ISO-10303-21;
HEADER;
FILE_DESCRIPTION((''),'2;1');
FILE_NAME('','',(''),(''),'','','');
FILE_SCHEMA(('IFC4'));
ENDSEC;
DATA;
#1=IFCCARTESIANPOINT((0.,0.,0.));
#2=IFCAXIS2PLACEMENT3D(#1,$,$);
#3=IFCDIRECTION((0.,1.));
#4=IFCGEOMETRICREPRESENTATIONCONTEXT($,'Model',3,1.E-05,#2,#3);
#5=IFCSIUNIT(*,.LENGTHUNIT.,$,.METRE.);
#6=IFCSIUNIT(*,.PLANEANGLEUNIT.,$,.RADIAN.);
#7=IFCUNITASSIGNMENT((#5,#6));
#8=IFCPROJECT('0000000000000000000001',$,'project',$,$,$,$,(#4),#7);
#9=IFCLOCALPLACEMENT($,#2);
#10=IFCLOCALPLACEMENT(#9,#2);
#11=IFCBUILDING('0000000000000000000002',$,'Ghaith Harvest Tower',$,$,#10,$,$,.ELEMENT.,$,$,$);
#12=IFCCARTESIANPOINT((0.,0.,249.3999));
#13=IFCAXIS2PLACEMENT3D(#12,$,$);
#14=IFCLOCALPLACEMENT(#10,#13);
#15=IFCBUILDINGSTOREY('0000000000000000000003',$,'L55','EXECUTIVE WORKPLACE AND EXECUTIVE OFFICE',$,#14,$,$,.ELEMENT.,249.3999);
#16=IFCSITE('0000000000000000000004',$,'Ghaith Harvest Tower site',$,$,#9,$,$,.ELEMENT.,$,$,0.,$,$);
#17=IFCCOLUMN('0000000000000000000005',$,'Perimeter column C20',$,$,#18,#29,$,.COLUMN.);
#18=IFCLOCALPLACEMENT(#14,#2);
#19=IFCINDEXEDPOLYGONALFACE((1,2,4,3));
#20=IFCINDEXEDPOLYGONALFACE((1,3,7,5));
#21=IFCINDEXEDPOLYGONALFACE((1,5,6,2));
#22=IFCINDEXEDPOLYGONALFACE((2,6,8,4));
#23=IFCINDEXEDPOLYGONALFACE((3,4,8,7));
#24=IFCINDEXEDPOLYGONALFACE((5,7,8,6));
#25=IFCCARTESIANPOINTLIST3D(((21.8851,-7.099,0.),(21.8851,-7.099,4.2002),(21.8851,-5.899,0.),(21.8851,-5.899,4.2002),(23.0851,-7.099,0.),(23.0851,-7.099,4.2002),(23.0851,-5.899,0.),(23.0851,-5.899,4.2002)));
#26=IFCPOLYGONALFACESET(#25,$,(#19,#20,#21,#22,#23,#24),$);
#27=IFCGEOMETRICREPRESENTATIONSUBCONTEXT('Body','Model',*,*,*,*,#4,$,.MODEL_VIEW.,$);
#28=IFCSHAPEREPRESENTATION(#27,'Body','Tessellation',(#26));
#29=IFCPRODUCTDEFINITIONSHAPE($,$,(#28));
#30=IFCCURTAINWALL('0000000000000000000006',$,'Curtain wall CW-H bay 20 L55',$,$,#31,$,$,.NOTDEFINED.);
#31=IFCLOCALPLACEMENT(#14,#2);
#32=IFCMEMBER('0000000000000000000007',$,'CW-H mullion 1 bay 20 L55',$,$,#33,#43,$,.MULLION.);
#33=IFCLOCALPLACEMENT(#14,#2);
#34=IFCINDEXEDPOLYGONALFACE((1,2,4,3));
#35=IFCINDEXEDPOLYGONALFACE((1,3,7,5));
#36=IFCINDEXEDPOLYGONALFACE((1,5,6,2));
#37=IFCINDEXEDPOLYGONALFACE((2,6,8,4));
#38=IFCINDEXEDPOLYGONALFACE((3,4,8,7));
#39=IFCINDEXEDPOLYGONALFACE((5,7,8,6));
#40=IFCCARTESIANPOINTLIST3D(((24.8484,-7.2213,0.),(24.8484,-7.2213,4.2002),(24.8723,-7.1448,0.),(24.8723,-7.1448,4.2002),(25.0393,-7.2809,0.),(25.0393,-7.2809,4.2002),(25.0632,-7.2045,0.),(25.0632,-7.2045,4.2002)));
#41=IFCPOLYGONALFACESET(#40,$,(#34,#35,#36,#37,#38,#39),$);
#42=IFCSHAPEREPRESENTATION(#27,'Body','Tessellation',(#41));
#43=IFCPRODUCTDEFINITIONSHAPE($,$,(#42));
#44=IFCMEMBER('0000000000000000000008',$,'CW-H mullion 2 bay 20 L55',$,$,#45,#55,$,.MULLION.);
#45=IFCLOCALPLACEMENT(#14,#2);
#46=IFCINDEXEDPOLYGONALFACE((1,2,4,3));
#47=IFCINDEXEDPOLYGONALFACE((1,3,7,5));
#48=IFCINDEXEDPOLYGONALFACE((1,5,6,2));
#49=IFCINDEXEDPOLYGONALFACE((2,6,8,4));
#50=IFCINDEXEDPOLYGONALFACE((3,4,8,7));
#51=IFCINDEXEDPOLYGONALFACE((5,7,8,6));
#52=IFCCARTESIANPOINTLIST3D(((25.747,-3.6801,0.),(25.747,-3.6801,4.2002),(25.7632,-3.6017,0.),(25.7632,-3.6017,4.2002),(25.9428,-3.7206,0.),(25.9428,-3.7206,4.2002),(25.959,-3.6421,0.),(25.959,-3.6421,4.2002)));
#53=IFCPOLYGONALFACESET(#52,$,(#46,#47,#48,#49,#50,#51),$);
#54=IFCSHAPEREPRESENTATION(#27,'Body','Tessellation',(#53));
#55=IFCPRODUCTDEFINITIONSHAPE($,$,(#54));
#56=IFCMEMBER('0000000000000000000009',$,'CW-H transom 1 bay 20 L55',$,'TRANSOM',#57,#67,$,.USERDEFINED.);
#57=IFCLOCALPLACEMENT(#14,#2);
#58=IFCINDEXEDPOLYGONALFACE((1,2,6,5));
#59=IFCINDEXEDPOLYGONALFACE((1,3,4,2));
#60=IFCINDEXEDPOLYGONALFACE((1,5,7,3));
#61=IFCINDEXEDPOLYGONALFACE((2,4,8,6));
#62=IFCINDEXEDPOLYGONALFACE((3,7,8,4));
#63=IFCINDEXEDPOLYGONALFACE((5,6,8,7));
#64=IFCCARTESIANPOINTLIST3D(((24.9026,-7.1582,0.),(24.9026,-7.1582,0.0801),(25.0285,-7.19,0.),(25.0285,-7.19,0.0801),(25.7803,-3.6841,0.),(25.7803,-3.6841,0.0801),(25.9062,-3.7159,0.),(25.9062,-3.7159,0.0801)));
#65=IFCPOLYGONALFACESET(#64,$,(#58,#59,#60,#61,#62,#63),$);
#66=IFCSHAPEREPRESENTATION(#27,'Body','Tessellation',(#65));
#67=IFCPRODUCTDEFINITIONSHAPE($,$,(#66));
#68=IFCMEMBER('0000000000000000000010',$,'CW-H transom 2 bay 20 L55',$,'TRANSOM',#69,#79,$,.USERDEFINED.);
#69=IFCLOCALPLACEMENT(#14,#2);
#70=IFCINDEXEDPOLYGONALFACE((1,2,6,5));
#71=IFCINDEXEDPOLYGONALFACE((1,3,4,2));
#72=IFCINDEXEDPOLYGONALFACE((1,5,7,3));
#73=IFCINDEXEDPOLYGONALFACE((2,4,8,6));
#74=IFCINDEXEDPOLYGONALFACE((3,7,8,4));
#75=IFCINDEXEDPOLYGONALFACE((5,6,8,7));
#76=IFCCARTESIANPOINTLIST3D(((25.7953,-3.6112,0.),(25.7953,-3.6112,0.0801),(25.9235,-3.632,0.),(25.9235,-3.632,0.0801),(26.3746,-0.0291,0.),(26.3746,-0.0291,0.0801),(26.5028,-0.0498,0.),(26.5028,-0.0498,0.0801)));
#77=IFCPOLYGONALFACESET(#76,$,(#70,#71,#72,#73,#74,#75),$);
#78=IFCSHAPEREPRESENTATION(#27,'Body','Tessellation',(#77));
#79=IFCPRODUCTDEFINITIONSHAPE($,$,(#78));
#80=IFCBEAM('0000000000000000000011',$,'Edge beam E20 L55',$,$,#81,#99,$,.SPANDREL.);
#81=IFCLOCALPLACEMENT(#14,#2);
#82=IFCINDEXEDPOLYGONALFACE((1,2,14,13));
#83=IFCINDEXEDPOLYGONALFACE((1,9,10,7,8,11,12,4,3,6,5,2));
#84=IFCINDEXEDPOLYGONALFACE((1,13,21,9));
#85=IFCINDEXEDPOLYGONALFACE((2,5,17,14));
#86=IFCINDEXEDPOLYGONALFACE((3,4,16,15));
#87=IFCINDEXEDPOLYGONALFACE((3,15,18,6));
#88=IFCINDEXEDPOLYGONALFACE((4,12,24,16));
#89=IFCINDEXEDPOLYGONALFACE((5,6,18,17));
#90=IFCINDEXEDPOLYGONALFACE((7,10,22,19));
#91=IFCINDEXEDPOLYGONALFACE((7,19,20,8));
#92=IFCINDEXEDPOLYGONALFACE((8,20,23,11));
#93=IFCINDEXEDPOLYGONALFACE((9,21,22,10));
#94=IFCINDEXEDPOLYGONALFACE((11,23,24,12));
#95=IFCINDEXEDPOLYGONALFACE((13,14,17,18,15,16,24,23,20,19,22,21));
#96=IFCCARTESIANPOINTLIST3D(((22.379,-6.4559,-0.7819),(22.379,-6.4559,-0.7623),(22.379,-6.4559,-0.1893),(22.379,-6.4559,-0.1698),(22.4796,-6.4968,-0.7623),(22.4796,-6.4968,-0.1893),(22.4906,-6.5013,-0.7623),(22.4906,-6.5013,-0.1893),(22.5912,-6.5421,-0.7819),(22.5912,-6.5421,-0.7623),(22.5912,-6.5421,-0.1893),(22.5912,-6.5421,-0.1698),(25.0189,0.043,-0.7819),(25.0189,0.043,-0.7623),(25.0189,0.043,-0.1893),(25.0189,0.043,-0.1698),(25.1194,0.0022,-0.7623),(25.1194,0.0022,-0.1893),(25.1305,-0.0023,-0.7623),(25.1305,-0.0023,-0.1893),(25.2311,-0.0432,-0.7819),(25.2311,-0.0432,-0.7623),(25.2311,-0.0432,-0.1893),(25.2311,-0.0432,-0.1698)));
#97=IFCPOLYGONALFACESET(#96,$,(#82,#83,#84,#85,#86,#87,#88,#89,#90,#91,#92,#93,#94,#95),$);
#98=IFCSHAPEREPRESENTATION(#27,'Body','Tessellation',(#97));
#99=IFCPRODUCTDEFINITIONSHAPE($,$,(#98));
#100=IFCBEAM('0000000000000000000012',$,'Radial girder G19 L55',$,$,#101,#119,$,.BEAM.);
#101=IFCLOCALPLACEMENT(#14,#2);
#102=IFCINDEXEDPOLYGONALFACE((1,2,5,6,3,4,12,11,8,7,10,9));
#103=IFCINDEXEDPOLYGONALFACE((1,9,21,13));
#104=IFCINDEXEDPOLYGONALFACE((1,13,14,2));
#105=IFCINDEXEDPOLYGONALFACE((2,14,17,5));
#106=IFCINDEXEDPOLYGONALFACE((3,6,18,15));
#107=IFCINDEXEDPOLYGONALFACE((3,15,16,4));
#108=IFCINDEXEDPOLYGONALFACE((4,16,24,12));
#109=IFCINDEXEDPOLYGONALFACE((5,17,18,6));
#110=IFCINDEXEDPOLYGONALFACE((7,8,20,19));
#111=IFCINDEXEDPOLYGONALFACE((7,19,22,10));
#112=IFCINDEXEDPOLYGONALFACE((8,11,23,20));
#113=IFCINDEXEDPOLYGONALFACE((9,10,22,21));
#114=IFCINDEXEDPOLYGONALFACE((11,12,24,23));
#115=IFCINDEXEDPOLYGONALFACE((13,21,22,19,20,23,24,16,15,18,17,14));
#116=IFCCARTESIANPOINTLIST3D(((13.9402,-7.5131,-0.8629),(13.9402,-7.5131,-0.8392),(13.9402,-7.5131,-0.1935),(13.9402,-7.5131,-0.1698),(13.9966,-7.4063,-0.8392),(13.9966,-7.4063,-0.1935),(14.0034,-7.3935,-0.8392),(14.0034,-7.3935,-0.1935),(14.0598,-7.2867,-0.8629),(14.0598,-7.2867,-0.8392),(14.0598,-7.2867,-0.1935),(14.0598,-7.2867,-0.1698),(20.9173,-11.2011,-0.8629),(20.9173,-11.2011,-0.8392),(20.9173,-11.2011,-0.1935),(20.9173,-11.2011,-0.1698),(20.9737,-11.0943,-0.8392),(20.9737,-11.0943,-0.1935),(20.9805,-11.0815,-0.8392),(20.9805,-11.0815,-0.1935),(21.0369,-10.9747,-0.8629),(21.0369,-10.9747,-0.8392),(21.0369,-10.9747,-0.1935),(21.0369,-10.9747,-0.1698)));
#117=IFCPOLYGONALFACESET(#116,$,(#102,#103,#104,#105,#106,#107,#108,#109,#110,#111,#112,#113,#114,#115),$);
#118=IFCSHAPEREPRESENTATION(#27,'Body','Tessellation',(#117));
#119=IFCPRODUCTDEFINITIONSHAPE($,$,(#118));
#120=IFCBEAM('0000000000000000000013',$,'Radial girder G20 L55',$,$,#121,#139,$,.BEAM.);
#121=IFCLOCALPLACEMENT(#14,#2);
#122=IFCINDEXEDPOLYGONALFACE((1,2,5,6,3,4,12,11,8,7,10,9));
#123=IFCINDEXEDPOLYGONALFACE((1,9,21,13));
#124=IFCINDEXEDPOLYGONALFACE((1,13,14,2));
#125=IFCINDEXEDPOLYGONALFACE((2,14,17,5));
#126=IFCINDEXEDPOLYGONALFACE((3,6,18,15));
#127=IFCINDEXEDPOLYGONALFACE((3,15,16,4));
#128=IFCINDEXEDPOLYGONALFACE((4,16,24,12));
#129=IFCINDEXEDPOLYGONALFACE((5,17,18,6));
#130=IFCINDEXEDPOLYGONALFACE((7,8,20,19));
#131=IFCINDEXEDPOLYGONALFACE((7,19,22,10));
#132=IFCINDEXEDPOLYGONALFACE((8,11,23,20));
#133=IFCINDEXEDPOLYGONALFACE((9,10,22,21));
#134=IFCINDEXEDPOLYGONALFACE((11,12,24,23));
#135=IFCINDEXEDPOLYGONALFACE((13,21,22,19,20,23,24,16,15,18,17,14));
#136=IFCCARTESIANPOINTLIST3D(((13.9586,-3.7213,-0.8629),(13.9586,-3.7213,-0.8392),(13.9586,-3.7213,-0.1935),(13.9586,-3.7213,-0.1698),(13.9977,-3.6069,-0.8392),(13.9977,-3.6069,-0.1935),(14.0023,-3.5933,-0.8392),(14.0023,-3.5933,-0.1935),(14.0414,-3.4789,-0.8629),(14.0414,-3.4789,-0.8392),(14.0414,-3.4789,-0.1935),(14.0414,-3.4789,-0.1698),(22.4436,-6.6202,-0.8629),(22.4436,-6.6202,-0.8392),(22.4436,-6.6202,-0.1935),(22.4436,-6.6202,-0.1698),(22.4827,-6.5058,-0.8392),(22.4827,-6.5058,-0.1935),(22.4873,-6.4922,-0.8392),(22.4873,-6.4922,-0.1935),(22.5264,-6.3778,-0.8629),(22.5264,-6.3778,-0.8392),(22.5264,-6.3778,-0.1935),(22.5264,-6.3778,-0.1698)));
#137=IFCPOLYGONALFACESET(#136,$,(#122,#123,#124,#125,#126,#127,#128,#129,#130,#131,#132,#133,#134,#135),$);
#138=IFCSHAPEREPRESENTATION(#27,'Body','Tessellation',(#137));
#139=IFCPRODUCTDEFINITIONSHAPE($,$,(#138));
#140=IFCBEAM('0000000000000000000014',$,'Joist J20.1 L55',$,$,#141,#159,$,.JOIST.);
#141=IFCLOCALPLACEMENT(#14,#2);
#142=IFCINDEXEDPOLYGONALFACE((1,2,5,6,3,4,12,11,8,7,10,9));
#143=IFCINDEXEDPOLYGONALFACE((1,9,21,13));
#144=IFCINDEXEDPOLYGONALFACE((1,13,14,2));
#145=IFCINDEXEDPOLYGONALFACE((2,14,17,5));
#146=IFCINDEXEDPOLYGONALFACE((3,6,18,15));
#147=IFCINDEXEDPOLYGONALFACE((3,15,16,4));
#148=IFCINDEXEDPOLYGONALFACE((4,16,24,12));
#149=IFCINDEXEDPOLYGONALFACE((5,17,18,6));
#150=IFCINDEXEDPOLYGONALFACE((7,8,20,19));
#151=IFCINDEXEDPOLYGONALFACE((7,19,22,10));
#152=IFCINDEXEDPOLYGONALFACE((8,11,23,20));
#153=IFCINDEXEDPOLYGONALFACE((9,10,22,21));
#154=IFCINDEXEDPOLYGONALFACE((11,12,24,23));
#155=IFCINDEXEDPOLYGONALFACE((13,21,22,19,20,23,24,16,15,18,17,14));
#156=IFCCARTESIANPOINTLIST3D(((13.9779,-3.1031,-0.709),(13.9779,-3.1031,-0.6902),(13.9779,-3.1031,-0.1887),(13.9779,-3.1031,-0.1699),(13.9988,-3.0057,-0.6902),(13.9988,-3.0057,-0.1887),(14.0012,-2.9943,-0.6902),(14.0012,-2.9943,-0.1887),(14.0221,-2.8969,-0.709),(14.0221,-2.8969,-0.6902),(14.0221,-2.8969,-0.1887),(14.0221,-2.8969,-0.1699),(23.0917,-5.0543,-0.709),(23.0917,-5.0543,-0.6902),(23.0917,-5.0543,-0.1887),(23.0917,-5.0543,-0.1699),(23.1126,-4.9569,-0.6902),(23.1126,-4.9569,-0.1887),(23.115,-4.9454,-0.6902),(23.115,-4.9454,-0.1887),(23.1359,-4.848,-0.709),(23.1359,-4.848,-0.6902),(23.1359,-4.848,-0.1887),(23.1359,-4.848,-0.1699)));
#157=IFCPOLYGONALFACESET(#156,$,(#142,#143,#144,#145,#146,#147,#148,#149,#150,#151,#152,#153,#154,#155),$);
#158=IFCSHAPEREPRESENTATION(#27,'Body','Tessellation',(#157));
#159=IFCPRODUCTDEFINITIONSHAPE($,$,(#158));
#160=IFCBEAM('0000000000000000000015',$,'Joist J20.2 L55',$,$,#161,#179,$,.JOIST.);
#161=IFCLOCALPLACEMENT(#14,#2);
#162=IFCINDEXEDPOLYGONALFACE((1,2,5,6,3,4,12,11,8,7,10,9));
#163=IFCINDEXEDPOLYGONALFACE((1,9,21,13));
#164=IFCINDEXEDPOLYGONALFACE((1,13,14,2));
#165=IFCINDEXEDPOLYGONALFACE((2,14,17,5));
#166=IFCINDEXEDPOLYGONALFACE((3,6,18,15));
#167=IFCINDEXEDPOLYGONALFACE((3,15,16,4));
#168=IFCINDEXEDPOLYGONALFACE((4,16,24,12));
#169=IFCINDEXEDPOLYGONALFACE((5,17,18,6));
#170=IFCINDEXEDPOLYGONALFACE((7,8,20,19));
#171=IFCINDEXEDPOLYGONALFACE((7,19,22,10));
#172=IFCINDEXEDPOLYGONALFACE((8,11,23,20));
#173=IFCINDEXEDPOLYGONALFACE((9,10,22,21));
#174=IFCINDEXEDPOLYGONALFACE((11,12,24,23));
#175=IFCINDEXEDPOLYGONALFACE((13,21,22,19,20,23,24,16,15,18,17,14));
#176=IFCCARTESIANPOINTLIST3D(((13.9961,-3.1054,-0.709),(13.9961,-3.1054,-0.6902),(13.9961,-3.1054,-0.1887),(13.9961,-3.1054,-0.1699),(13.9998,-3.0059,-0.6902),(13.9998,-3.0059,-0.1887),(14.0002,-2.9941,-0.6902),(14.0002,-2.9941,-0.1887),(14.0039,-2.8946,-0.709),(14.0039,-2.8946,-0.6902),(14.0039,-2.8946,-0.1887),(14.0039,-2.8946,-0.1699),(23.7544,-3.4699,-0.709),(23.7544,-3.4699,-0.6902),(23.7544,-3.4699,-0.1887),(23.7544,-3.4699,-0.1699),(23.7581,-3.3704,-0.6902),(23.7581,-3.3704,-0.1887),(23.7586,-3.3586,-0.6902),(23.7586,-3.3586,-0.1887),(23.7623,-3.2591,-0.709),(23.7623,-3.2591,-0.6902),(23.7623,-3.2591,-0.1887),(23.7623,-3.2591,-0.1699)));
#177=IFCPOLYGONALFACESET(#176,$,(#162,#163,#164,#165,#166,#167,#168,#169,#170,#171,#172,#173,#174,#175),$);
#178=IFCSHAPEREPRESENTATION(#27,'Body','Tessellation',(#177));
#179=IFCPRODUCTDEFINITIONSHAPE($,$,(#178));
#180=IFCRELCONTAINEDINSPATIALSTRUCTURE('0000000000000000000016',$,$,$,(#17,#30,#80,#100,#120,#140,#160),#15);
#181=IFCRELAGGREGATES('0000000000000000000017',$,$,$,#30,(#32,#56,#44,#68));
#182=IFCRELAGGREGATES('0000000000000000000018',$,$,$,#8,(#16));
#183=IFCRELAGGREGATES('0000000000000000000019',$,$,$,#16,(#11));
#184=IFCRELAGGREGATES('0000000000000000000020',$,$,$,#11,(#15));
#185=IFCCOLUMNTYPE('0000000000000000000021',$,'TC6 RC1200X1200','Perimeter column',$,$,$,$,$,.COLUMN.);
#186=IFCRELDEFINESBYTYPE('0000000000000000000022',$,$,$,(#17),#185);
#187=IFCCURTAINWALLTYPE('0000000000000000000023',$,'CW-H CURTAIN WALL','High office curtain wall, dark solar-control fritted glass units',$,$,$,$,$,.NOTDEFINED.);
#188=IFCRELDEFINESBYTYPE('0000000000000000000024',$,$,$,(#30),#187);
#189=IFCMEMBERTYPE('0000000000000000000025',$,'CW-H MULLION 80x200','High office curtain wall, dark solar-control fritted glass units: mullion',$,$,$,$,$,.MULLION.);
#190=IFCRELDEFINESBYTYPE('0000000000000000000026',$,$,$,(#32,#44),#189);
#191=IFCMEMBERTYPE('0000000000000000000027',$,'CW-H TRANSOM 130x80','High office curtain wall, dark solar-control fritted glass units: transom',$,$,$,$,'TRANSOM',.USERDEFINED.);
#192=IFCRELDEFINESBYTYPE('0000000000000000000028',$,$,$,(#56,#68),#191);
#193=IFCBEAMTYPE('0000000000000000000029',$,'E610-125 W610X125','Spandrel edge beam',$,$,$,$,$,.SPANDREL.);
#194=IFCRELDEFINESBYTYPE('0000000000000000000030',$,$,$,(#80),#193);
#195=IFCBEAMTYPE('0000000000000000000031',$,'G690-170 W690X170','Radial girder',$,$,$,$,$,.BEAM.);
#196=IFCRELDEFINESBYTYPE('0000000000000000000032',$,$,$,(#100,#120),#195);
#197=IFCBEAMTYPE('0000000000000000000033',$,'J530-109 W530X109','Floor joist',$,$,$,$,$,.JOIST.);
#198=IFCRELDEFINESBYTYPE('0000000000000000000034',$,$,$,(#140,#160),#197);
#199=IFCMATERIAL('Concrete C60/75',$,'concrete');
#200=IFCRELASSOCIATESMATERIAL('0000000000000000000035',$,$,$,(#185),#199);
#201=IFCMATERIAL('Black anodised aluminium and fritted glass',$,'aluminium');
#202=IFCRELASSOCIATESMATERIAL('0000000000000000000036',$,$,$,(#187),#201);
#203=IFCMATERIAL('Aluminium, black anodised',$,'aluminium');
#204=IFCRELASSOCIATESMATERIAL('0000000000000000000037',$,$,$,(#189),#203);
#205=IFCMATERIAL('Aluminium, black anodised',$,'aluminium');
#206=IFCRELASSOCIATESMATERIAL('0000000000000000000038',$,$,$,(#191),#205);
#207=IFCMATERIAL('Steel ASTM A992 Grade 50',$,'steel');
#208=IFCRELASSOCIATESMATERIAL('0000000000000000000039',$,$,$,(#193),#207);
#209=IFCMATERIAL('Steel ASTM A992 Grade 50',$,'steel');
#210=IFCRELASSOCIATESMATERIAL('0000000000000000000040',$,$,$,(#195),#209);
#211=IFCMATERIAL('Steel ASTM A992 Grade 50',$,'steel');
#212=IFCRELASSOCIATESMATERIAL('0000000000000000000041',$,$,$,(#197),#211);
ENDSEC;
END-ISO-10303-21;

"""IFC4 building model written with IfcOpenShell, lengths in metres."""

from ifc_helpers import new_model, si_unit, direction, frame, origin, origin_2d, place, context, subcontext, project, spatial, rectangle, i_section, extrude, material, material_profile, profile_set, type_object, element, aggregate, save


model = new_model("IFC4")

# Units and contexts
model_context = context("Model", 3, precision=1e-05, world=origin(), true_north=direction((0.0, 1.0)))
body_context = subcontext(model_context, "Body", "Model", "MODEL_VIEW")
ifc_project = project(units=[si_unit("LENGTHUNIT", "METRE"), si_unit("PLANEANGLEUNIT", "RADIAN")], contexts=[model_context])

# Site, building, storey
site_placement = place(None, origin())
site = spatial("IfcSite", under=ifc_project, at=site_placement, Name="Ghaith Harvest Tower site", CompositionType="ELEMENT", RefElevation=0.0)
building_placement = place(site_placement, origin())
building = spatial("IfcBuilding", under=site, at=building_placement, Name="Ghaith Harvest Tower", CompositionType="ELEMENT")
storey_placement = place(building_placement, frame((0.0, 0.0, 249.3999)))
storey = spatial("IfcBuildingStorey", under=building, at=storey_placement, Name="L55", Description="EXECUTIVE WORKPLACE AND EXECUTIVE OFFICE", CompositionType="ELEMENT", Elevation=249.3999)

# Column
ifc_material_1 = material(Name="Concrete C60/75", Category="concrete")
ifc_material_profile_1 = material_profile(ifc_material_1, rectangle(XDim=1.2, YDim=1.2, at=origin_2d()), Name="RC1200X1200")
ifc_profile_set_1 = profile_set([ifc_material_profile_1], Name="Concrete C60/75")
column_type = type_object("IfcColumnType", Name="TC6 RC1200X1200", Description="Perimeter column", PredefinedType="COLUMN", material=ifc_profile_set_1)
column_placement = place(storey_placement, frame((22.4851, -6.499, 0.0), z_axis=(0.0, 0.0, 1.0), x_axis=(1.0, 0.0, 0.0)))
element("IfcColumn", 1, at=column_placement, inside=storey, type_object=column_type, Name="Perimeter column C20", PredefinedType="COLUMN", context=body_context, shape_type="SweptSolid", body=[
    extrude(rectangle(XDim=1.2, YDim=1.2, at=origin_2d()), origin(), (0.0, 0.0, 1.0), 4.2002),
])

# Curtain wall, members
ifc_material_2 = material(Name="Black anodised aluminium and fritted glass", Category="aluminium")
curtain_wall_type = type_object("IfcCurtainWallType", Name="CW-H CURTAIN WALL", Description="High office curtain wall, dark solar-control fritted glass units", PredefinedType="NOTDEFINED", material=ifc_material_2)
curtain_wall_1_placement = place(storey_placement, origin())
curtain_wall_1 = element("IfcCurtainWall", 2, at=curtain_wall_1_placement, inside=storey, type_object=curtain_wall_type, Name="Curtain wall CW-H bay 20 L55", PredefinedType="NOTDEFINED")
ifc_material_3 = material(Name="Aluminium, black anodised", Category="aluminium")
ifc_material_profile_2 = material_profile(ifc_material_3, rectangle(XDim=0.0801, YDim=0.2, at=origin_2d()), Name="CW-H MULLION 80x200")
ifc_profile_set_2 = profile_set([ifc_material_profile_2], Name="Aluminium, black anodised")
member_type_1 = type_object("IfcMemberType", Name="CW-H MULLION 80x200", Description="High office curtain wall, dark solar-control fritted glass units: mullion", PredefinedType="MULLION", material=ifc_profile_set_2)
member_1_placement = place(storey_placement, frame((24.9558, -7.2129, 0.0), z_axis=(0.0, 0.0, 1.0), x_axis=(0.298442, 0.954428, 0.0)))
member_1 = element("IfcMember", 3, at=member_1_placement, type_object=member_type_1, Name="CW-H mullion 1 bay 20 L55", PredefinedType="MULLION", context=body_context, shape_type="SweptSolid", body=[
    extrude(rectangle(XDim=0.0801, YDim=0.2, at=origin_2d()), origin(), (0.0, 0.0, 1.0), 4.2002),
])
member_2_placement = place(storey_placement, frame((25.853, -3.6611, 0.0), z_axis=(0.0, 0.0, 1.0), x_axis=(0.202192, 0.979346, 0.0)))
member_2 = element("IfcMember", 4, at=member_2_placement, type_object=member_type_1, Name="CW-H mullion 2 bay 20 L55", PredefinedType="MULLION", context=body_context, shape_type="SweptSolid", body=[
    extrude(rectangle(XDim=0.0801, YDim=0.2, at=origin_2d()), origin(), (0.0, 0.0, 1.0), 4.2002),
])
ifc_material_4 = material(Name="Aluminium, black anodised", Category="aluminium")
ifc_material_profile_3 = material_profile(ifc_material_4, rectangle(XDim=0.1299, YDim=0.0801, at=origin_2d()), Name="CW-H TRANSOM 130x80")
ifc_profile_set_3 = profile_set([ifc_material_profile_3], Name="Aluminium, black anodised")
member_type_2 = type_object("IfcMemberType", Name="CW-H TRANSOM 130x80", Description="High office curtain wall, dark solar-control fritted glass units: transom", ElementType="TRANSOM", PredefinedType="USERDEFINED", material=ifc_profile_set_3)
member_3_placement = place(storey_placement, frame((24.9656, -7.1741, 0.04), z_axis=(0.24494, 0.969538, 0.0), x_axis=(-0.969538, 0.24494, 0.0)))
member_3 = element("IfcMember", 5, at=member_3_placement, type_object=member_type_2, Name="CW-H transom 1 bay 20 L55", ObjectType="TRANSOM", PredefinedType="USERDEFINED", context=body_context, shape_type="SweptSolid", body=[
    extrude(rectangle(XDim=0.1299, YDim=0.0801, at=origin_2d()), origin(), (0.0, 0.0, 1.0), 3.5833),
])
member_4_placement = place(storey_placement, frame((25.8594, -3.6216, 0.04), z_axis=(0.159662, 0.987172, 0.0), x_axis=(-0.987172, 0.159662, 0.0)))
member_4 = element("IfcMember", 6, at=member_4_placement, type_object=member_type_2, Name="CW-H transom 2 bay 20 L55", ObjectType="TRANSOM", PredefinedType="USERDEFINED", context=body_context, shape_type="SweptSolid", body=[
    extrude(rectangle(XDim=0.1299, YDim=0.0801, at=origin_2d()), origin(), (0.0, 0.0, 1.0), 3.6287),
])

# Beams
ifc_material_5 = material(Name="Steel ASTM A992 Grade 50", Category="steel")
ifc_material_profile_4 = material_profile(ifc_material_5, i_section(OverallWidth=0.229, OverallDepth=0.6121, WebThickness=0.012, FlangeThickness=0.0195, at=origin_2d()), Name="W610X125")
ifc_profile_set_4 = profile_set([ifc_material_profile_4], Name="Steel ASTM A992 Grade 50")
beam_type_1 = type_object("IfcBeamType", Name="E610-125 W610X125", Description="Spandrel edge beam", PredefinedType="SPANDREL", material=ifc_profile_set_4)
beam_1_placement = place(storey_placement, frame((22.4851, -6.499, -0.4758), z_axis=(0.376336, 0.926483, 0.0), x_axis=(-0.926483, 0.376336, 0.0)))
element("IfcBeam", 7, at=beam_1_placement, inside=storey, type_object=beam_type_1, Name="Edge beam E20 L55", PredefinedType="SPANDREL", context=body_context, shape_type="SweptSolid", body=[
    extrude(i_section(OverallWidth=0.229, OverallDepth=0.6121, WebThickness=0.012, FlangeThickness=0.0195, at=origin_2d()), origin(), (0.0, 0.0, 1.0), 7.0146),
])
ifc_material_6 = material(Name="Steel ASTM A992 Grade 50", Category="steel")
ifc_material_profile_5 = material_profile(ifc_material_6, i_section(OverallWidth=0.2561, OverallDepth=0.6931, WebThickness=0.0144, FlangeThickness=0.0237, at=origin_2d()), Name="W690X170")
ifc_profile_set_5 = profile_set([ifc_material_profile_5], Name="Steel ASTM A992 Grade 50")
beam_type_2 = type_object("IfcBeamType", Name="G690-170 W690X170", Description="Radial girder", PredefinedType="BEAM", material=ifc_profile_set_5)
beam_2_placement = place(storey_placement, frame((14.0, -7.3999, -0.5164), z_axis=(0.884089, -0.467319, 0.0), x_axis=(0.467319, 0.884089, 0.0)))
element("IfcBeam", 8, at=beam_2_placement, inside=storey, type_object=beam_type_2, Name="Radial girder G19 L55", PredefinedType="BEAM", context=body_context, shape_type="SweptSolid", body=[
    extrude(i_section(OverallWidth=0.2561, OverallDepth=0.6931, WebThickness=0.0144, FlangeThickness=0.0237, at=origin_2d()), origin(), (0.0, 0.0, 1.0), 7.8918),
])
beam_3_placement = place(storey_placement, frame((14.0, -3.6001, -0.5164), z_axis=(0.946296, -0.323301, 0.0), x_axis=(0.323301, 0.946296, 0.0)))
element("IfcBeam", 9, at=beam_3_placement, inside=storey, type_object=beam_type_2, Name="Radial girder G20 L55", PredefinedType="BEAM", context=body_context, shape_type="SweptSolid", body=[
    extrude(i_section(OverallWidth=0.2561, OverallDepth=0.6931, WebThickness=0.0144, FlangeThickness=0.0237, at=origin_2d()), origin(), (0.0, 0.0, 1.0), 8.9666),
])
ifc_material_7 = material(Name="Steel ASTM A992 Grade 50", Category="steel")
ifc_material_profile_6 = material_profile(ifc_material_7, i_section(OverallWidth=0.2109, OverallDepth=0.5391, WebThickness=0.0117, FlangeThickness=0.0188, at=origin_2d()), Name="W530X109")
ifc_profile_set_6 = profile_set([ifc_material_profile_6], Name="Steel ASTM A992 Grade 50")
beam_type_3 = type_object("IfcBeamType", Name="J530-109 W530X109", Description="Floor joist", PredefinedType="JOIST", material=ifc_profile_set_6)
beam_4_placement = place(storey_placement, frame((14.0, -3.0, -0.4395), z_axis=(0.977841, -0.209347, 0.0), x_axis=(0.209347, 0.977841, 0.0)))
element("IfcBeam", 10, at=beam_4_placement, inside=storey, type_object=beam_type_3, Name="Joist J20.1 L55", PredefinedType="JOIST", context=body_context, shape_type="SweptSolid", body=[
    extrude(i_section(OverallWidth=0.2109, OverallDepth=0.5391, WebThickness=0.0117, FlangeThickness=0.0188, at=origin_2d()), origin(), (0.0, 0.0, 1.0), 9.3203),
])
beam_5_placement = place(storey_placement, frame((14.0, -3.0, -0.4395), z_axis=(0.999303, -0.037327, 0.0), x_axis=(0.037327, 0.999303, 0.0)))
element("IfcBeam", 11, at=beam_5_placement, inside=storey, type_object=beam_type_3, Name="Joist J20.2 L55", PredefinedType="JOIST", context=body_context, shape_type="SweptSolid", body=[
    extrude(i_section(OverallWidth=0.2109, OverallDepth=0.5391, WebThickness=0.0117, FlangeThickness=0.0188, at=origin_2d()), origin(), (0.0, 0.0, 1.0), 9.7651),
])

aggregate(curtain_wall_1, [member_1, member_3, member_2, member_4])

save(model, "model.ifc")
